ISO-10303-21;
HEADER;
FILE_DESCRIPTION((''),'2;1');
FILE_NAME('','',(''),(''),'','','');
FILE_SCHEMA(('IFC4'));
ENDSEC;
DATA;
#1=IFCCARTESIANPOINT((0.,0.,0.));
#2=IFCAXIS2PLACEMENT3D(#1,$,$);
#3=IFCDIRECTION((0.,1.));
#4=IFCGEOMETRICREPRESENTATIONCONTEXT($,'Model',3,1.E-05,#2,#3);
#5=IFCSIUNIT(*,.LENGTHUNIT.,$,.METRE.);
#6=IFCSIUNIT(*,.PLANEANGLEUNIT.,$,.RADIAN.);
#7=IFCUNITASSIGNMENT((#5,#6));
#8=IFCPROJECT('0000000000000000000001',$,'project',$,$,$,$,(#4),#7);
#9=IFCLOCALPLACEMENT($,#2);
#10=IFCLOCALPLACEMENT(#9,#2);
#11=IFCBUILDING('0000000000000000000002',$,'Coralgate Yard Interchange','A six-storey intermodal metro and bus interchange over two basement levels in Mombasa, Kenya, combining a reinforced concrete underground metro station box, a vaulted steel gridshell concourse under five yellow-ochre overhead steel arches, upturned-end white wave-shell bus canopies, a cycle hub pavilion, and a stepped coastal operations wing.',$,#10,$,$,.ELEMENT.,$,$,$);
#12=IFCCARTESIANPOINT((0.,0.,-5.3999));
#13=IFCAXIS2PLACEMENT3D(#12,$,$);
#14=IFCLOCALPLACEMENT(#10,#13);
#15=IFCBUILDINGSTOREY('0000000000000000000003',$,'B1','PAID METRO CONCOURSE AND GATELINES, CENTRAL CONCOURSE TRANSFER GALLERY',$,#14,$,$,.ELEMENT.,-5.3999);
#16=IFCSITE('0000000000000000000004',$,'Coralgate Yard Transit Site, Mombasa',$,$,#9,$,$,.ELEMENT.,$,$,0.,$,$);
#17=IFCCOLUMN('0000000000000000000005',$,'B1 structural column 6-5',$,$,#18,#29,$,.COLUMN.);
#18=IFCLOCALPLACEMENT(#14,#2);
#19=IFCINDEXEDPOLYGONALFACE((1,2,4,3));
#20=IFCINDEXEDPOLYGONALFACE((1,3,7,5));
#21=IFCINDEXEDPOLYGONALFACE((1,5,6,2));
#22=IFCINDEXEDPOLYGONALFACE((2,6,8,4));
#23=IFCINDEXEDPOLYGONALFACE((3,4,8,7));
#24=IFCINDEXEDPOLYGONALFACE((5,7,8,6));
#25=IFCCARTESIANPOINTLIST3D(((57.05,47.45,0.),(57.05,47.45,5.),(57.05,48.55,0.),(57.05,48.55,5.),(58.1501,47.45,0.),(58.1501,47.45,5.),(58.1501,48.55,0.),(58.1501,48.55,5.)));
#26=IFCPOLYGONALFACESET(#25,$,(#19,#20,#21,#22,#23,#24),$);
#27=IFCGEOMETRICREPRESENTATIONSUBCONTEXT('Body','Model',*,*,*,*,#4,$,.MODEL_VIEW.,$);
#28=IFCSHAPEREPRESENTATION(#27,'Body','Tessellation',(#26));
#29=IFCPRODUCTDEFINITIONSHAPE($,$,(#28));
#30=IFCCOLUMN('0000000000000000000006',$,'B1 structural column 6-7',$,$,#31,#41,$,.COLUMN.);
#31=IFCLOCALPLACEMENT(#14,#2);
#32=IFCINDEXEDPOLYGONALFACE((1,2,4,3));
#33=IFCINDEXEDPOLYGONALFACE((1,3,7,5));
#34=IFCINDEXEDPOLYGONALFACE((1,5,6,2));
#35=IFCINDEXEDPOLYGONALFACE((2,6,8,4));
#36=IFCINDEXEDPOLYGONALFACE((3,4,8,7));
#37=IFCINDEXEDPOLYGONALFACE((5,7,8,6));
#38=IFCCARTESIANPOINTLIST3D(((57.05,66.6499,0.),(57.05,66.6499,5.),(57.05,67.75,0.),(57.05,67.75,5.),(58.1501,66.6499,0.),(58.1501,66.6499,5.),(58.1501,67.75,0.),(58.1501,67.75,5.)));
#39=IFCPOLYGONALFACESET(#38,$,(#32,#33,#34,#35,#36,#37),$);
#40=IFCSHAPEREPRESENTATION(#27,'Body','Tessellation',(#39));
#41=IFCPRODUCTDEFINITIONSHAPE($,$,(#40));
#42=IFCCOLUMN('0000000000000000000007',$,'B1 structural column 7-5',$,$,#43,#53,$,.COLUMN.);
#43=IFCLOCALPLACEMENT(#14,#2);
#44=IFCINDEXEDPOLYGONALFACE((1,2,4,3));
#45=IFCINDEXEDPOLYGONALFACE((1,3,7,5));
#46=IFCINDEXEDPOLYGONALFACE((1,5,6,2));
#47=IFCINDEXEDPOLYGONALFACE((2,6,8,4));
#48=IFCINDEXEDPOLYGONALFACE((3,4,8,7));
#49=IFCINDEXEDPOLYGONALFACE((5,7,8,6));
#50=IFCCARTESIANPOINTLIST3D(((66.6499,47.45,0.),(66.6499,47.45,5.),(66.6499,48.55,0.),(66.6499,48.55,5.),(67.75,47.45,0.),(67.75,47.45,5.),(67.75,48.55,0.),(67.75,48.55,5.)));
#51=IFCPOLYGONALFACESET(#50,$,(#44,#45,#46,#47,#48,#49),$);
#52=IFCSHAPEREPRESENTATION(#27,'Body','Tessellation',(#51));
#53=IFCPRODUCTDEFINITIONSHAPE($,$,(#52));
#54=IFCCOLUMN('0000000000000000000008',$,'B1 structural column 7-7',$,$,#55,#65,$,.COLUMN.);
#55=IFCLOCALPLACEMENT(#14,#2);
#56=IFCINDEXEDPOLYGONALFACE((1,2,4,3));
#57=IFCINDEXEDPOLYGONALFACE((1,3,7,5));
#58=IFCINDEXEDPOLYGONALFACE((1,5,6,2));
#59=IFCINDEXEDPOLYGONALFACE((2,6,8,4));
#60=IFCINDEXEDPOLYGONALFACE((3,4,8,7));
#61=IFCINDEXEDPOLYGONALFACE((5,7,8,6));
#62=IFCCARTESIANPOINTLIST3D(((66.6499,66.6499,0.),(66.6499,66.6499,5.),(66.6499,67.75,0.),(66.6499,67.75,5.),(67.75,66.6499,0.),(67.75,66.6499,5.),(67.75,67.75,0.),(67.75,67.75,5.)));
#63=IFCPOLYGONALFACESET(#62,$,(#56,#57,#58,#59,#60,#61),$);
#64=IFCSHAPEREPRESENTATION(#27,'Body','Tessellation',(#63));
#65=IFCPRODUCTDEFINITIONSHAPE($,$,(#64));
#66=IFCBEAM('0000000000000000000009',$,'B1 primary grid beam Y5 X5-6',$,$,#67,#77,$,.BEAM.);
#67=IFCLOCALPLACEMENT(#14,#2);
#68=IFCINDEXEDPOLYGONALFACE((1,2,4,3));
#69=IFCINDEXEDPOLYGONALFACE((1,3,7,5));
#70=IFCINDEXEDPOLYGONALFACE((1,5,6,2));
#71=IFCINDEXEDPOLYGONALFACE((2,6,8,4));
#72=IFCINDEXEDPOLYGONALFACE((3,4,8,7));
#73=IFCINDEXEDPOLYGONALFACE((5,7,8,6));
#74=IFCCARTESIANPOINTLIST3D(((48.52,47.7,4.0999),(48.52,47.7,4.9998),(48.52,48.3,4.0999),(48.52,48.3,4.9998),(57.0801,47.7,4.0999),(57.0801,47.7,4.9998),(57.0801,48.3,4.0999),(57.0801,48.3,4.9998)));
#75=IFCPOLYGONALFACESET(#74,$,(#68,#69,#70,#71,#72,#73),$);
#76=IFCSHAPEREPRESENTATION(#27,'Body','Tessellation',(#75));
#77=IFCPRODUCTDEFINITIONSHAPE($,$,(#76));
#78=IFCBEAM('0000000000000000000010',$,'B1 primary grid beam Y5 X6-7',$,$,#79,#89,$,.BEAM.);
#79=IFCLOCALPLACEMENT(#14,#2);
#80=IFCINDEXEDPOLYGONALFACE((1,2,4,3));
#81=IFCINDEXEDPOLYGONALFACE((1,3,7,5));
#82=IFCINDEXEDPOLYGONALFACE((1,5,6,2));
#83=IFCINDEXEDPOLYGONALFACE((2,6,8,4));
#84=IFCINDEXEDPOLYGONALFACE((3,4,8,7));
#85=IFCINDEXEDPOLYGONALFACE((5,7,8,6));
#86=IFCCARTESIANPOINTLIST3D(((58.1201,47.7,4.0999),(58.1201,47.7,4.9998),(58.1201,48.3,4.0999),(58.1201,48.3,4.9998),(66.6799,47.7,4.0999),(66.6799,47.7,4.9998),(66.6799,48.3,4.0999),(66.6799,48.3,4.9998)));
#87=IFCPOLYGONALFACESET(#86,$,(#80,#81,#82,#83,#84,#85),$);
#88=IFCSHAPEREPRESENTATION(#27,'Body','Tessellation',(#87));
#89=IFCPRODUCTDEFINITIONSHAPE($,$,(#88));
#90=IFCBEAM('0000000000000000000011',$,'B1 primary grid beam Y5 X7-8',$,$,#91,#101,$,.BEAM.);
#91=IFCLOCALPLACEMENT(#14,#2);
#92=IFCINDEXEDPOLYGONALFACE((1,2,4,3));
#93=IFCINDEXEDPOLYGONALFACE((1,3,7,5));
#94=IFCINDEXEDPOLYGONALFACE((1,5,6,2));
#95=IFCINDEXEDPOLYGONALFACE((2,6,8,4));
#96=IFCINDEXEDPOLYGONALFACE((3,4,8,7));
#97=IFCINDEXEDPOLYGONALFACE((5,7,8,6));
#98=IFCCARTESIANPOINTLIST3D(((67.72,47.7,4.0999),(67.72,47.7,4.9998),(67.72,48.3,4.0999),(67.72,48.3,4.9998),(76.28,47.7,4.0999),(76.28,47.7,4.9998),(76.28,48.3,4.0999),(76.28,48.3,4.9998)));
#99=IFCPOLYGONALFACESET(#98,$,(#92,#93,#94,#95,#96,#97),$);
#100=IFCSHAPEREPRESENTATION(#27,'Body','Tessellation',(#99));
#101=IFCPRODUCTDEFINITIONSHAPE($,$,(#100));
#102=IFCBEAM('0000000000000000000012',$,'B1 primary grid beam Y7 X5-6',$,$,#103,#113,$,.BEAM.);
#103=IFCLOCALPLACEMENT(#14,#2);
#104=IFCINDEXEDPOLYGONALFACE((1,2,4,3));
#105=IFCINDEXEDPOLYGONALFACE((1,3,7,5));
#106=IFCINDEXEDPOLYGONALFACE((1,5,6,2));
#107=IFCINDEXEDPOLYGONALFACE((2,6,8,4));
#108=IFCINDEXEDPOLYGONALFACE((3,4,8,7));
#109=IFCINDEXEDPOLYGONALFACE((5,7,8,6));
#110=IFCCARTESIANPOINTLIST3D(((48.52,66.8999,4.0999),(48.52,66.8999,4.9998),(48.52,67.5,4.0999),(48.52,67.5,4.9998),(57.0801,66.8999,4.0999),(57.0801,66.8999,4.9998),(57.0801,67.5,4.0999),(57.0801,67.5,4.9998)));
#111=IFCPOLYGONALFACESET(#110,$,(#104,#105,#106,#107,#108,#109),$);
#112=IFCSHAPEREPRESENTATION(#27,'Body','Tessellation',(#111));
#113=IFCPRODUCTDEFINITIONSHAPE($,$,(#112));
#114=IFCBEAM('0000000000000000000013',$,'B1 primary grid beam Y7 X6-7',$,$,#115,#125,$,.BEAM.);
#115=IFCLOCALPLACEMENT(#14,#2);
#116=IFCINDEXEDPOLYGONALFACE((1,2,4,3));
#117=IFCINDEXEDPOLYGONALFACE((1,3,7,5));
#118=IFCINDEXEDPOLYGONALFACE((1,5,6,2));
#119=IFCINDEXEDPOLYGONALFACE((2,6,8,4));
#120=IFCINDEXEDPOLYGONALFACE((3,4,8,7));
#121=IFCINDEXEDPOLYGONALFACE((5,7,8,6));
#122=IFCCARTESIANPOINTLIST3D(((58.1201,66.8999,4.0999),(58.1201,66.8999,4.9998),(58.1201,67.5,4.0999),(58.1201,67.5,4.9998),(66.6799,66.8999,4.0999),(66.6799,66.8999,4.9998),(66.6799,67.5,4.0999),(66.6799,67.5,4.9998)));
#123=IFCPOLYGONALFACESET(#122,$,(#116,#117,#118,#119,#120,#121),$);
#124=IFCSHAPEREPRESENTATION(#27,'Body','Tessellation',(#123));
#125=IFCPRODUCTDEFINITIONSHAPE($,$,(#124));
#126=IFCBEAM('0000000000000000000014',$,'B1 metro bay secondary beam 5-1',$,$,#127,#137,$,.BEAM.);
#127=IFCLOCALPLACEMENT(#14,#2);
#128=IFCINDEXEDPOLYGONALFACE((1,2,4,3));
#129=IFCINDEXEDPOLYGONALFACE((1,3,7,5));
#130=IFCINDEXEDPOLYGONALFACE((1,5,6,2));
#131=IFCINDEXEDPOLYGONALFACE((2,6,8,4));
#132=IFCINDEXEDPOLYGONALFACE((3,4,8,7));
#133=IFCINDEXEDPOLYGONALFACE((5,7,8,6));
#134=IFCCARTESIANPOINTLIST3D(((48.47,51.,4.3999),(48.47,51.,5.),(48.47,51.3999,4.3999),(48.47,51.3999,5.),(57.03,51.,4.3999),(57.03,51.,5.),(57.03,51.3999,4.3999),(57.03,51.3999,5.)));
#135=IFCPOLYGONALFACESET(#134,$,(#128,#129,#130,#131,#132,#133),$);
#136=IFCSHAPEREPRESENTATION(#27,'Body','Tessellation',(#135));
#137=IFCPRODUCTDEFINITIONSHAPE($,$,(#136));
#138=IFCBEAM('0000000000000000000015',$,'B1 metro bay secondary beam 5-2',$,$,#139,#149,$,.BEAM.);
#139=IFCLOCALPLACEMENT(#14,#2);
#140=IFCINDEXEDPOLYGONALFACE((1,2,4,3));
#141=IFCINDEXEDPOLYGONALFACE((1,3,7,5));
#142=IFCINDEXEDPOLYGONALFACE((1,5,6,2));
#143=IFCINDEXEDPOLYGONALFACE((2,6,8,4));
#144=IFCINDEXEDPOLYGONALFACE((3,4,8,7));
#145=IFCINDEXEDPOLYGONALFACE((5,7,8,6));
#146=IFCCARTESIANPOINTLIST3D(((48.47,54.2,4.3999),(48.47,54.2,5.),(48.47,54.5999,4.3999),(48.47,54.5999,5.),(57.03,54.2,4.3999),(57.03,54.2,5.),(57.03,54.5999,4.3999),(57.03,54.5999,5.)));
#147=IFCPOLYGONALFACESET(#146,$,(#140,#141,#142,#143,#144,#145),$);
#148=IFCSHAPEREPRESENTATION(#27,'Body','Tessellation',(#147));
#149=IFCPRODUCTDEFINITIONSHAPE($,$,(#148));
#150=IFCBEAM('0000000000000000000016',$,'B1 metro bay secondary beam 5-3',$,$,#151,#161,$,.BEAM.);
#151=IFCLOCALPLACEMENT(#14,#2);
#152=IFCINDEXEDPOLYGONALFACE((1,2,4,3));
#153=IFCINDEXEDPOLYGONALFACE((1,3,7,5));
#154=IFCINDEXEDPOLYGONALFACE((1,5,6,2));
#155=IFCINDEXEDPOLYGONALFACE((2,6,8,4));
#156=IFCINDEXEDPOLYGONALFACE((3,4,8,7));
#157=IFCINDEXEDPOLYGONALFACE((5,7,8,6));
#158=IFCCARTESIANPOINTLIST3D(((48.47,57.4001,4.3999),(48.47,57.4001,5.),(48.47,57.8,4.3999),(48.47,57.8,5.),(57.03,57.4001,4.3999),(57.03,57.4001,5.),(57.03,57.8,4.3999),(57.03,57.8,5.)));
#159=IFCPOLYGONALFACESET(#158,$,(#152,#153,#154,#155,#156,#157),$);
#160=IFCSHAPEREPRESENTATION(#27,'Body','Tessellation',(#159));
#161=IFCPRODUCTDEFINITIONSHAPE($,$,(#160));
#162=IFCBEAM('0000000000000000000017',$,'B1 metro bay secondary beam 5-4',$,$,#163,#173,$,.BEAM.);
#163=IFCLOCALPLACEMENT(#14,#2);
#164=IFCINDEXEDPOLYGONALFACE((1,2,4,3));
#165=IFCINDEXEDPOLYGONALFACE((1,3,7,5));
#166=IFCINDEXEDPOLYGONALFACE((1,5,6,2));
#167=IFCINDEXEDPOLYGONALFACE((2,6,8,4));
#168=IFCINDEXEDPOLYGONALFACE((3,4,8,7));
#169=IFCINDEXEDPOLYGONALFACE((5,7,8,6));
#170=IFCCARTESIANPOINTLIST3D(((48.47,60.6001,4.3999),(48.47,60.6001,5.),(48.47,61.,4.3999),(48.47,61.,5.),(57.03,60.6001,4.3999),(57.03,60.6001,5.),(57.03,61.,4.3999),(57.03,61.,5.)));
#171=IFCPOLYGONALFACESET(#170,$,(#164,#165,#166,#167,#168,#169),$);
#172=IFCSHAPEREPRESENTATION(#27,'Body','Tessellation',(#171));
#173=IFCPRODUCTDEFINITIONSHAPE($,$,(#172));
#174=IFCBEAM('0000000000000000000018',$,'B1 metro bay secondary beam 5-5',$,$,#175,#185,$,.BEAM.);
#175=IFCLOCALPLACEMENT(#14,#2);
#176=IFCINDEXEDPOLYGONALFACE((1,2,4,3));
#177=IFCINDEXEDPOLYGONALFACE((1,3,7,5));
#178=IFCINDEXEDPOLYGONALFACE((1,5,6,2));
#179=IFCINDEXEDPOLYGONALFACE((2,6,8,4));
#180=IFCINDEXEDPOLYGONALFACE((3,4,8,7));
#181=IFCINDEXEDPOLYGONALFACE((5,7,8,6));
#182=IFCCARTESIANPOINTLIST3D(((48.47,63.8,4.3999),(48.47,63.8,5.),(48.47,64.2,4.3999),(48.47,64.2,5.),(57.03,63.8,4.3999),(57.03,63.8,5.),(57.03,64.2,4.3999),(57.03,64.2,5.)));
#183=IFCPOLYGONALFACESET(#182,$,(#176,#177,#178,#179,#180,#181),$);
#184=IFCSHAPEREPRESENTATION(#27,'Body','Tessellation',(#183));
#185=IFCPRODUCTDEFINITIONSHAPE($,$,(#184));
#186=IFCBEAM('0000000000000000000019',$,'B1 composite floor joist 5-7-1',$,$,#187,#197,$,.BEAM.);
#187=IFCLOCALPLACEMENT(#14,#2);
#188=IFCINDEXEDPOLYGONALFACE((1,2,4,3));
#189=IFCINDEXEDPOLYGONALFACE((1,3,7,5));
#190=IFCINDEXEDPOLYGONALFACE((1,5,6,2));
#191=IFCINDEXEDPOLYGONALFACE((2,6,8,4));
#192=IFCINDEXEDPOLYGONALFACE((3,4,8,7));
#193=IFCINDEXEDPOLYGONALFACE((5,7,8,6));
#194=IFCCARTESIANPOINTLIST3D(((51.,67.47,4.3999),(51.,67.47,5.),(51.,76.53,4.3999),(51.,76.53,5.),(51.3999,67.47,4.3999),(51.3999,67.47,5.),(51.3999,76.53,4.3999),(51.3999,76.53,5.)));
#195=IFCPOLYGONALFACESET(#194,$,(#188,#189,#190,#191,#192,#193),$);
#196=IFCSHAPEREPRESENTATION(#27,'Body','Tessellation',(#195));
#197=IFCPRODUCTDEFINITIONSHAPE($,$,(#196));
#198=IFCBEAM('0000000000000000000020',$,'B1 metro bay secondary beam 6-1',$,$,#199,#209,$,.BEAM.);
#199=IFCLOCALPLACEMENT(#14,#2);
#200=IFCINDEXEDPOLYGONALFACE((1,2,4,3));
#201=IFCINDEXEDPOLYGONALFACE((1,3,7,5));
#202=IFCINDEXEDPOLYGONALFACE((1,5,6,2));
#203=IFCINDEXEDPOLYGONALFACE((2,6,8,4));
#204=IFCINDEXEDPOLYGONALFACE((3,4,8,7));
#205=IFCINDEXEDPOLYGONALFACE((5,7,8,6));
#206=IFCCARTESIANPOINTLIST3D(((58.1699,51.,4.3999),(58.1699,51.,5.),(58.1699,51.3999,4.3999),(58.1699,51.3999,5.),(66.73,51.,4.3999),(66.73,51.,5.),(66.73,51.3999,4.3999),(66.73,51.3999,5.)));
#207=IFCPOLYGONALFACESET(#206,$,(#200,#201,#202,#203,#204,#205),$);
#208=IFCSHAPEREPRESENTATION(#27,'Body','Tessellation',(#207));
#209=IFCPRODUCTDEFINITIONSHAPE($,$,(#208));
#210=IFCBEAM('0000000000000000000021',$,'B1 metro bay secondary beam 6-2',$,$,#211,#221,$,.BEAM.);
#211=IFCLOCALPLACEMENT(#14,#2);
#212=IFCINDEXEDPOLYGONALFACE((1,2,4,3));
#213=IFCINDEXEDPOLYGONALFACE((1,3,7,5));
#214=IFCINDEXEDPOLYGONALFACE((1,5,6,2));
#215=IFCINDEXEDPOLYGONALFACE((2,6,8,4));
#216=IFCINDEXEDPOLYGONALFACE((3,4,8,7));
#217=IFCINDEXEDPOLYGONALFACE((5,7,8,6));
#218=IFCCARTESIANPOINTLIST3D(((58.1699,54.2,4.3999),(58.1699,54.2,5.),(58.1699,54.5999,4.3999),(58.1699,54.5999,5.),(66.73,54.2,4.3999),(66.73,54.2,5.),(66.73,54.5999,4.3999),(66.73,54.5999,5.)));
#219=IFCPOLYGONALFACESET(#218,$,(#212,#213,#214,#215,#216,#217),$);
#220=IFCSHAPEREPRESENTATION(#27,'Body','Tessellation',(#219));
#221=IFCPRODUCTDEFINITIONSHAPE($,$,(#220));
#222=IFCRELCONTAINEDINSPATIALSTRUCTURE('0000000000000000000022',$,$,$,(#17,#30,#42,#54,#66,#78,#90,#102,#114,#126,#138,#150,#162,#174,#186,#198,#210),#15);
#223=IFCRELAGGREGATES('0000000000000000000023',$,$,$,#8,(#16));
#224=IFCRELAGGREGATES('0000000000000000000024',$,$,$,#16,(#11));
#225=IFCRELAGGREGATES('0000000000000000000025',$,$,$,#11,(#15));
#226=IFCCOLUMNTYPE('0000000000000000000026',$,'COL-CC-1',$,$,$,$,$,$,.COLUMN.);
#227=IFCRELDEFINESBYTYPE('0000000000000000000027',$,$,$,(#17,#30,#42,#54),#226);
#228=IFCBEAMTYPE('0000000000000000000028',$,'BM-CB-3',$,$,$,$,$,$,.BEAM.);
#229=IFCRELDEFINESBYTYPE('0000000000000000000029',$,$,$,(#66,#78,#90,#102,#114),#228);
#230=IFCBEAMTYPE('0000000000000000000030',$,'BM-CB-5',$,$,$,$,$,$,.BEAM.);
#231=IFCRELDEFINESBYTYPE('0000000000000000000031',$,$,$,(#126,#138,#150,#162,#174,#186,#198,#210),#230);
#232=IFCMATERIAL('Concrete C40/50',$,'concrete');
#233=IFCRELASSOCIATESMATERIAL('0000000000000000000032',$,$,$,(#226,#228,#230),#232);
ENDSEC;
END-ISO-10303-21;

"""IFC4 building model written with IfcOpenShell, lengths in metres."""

from ifc_helpers import new_model, si_unit, direction, frame, origin, origin_2d, place, context, subcontext, project, spatial, rectangle, extrude, material, material_profile, profile_set, type_object, element, save


model = new_model("IFC4")

# Units and contexts
model_context = context("Model", 3, precision=1e-05, world=origin(), true_north=direction((0.0, 1.0)))
body_context = subcontext(model_context, "Body", "Model", "MODEL_VIEW")
ifc_project = project(units=[si_unit("LENGTHUNIT", "METRE"), si_unit("PLANEANGLEUNIT", "RADIAN")], contexts=[model_context])

# Site, building, storey
site_placement = place(None, origin())
site = spatial("IfcSite", under=ifc_project, at=site_placement, Name="Coralgate Yard Transit Site, Mombasa", CompositionType="ELEMENT", RefElevation=0.0)
building_placement = place(site_placement, origin())
building = spatial("IfcBuilding", under=site, at=building_placement, Name="Coralgate Yard Interchange", Description="A six-storey intermodal metro and bus interchange over two basement levels in Mombasa, Kenya, combining a reinforced concrete underground metro station box, a vaulted steel gridshell concourse under five yellow-ochre overhead steel arches, upturned-end white wave-shell bus canopies, a cycle hub pavilion, and a stepped coastal operations wing.", CompositionType="ELEMENT")
storey_placement = place(building_placement, frame((0.0, 0.0, -5.3999)))
storey = spatial("IfcBuildingStorey", under=building, at=storey_placement, Name="B1", Description="PAID METRO CONCOURSE AND GATELINES, CENTRAL CONCOURSE TRANSFER GALLERY", CompositionType="ELEMENT", Elevation=-5.3999)

# Columns
ifc_material_1 = material(Name="Concrete C40/50", Category="concrete")
ifc_material_profile_1 = material_profile(ifc_material_1, rectangle(XDim=1.1001, YDim=1.1001, at=origin_2d()), Name="RC 1100x1100")
ifc_profile_set_1 = profile_set([ifc_material_profile_1], Name="Concrete C40/50")
column_type = type_object("IfcColumnType", Name="COL-CC-1", PredefinedType="COLUMN", material=ifc_profile_set_1)
for number, where, z_axis, x_axis, name in (
    (1, (57.6001, 48.0, 0.0), (0.0, 0.0, 1.0), (1.0, 0.0, 0.0), "B1 structural column 6-5"),
    (2, (57.6001, 67.2, 0.0), (0.0, 0.0, 1.0), (1.0, 0.0, 0.0), "B1 structural column 6-7"),
    (3, (67.2, 48.0, 0.0), (0.0, 0.0, 1.0), (1.0, 0.0, 0.0), "B1 structural column 7-5"),
    (4, (67.2, 67.2, 0.0), (0.0, 0.0, 1.0), (1.0, 0.0, 0.0), "B1 structural column 7-7"),
):
    element("IfcColumn", number, at=place(storey_placement, frame(where, z_axis=z_axis, x_axis=x_axis)), inside=storey, type_object=column_type, Name=name, PredefinedType="COLUMN", context=body_context, shape_type="SweptSolid", body=[
        extrude(rectangle(XDim=1.1001, YDim=1.1001, at=origin_2d()), origin(), (0.0, 0.0, 1.0), 5.0),
    ])

# Beams
ifc_material_profile_2 = material_profile(ifc_material_1, rectangle(XDim=0.6001, YDim=0.8999, at=origin_2d()), Name="RC 600x900")
ifc_profile_set_2 = profile_set([ifc_material_profile_2], Name="Concrete C40/50")
beam_type_1 = type_object("IfcBeamType", Name="BM-CB-3", PredefinedType="BEAM", material=ifc_profile_set_2)
beam_1_placement = place(storey_placement, frame((48.52, 48.0, 4.5498), z_axis=(1.0, 0.0, 0.0), x_axis=(0.0, 1.0, 0.0)))
element("IfcBeam", 5, at=beam_1_placement, inside=storey, type_object=beam_type_1, Name="B1 primary grid beam Y5 X5-6", PredefinedType="BEAM", context=body_context, shape_type="SweptSolid", body=[
    extrude(rectangle(XDim=0.6001, YDim=0.8999, at=origin_2d()), origin(), (0.0, 0.0, 1.0), 8.5601),
])
beam_2_placement = place(storey_placement, frame((58.1201, 48.0, 4.5498), z_axis=(1.0, 0.0, 0.0), x_axis=(0.0, 1.0, 0.0)))
element("IfcBeam", 6, at=beam_2_placement, inside=storey, type_object=beam_type_1, Name="B1 primary grid beam Y5 X6-7", PredefinedType="BEAM", context=body_context, shape_type="SweptSolid", body=[
    extrude(rectangle(XDim=0.6001, YDim=0.8999, at=origin_2d()), origin(), (0.0, 0.0, 1.0), 8.5598),
])
for number, where, z_axis, x_axis, name in (
    (7, (67.72, 48.0, 4.5498), (1.0, 0.0, 0.0), (0.0, 1.0, 0.0), "B1 primary grid beam Y5 X7-8"),
    (8, (48.52, 67.2, 4.5498), (1.0, 0.0, 0.0), (0.0, 1.0, 0.0), "B1 primary grid beam Y7 X5-6"),
):
    element("IfcBeam", number, at=place(storey_placement, frame(where, z_axis=z_axis, x_axis=x_axis)), inside=storey, type_object=beam_type_1, Name=name, PredefinedType="BEAM", context=body_context, shape_type="SweptSolid", body=[
        extrude(rectangle(XDim=0.6001, YDim=0.8999, at=origin_2d()), origin(), (0.0, 0.0, 1.0), 8.5601),
    ])
beam_3_placement = place(storey_placement, frame((58.1201, 67.2, 4.5498), z_axis=(1.0, 0.0, 0.0), x_axis=(0.0, 1.0, 0.0)))
element("IfcBeam", 9, at=beam_3_placement, inside=storey, type_object=beam_type_1, Name="B1 primary grid beam Y7 X6-7", PredefinedType="BEAM", context=body_context, shape_type="SweptSolid", body=[
    extrude(rectangle(XDim=0.6001, YDim=0.8999, at=origin_2d()), origin(), (0.0, 0.0, 1.0), 8.5598),
])
ifc_material_profile_3 = material_profile(ifc_material_1, rectangle(XDim=0.3999, YDim=0.6001, at=origin_2d()), Name="RC 400x600")
ifc_profile_set_3 = profile_set([ifc_material_profile_3], Name="Concrete C40/50")
beam_type_2 = type_object("IfcBeamType", Name="BM-CB-5", PredefinedType="BEAM", material=ifc_profile_set_3)
for number, where, z_axis, x_axis, name in (
    (10, (48.47, 51.2, 4.7), (1.0, 0.0, 0.0), (0.0, 1.0, 0.0), "B1 metro bay secondary beam 5-1"),
    (11, (48.47, 54.3999, 4.7), (1.0, 0.0, 0.0), (0.0, 1.0, 0.0), "B1 metro bay secondary beam 5-2"),
    (12, (48.47, 57.6001, 4.7), (1.0, 0.0, 0.0), (0.0, 1.0, 0.0), "B1 metro bay secondary beam 5-3"),
    (13, (48.47, 60.8, 4.7), (1.0, 0.0, 0.0), (0.0, 1.0, 0.0), "B1 metro bay secondary beam 5-4"),
    (14, (48.47, 64.0, 4.7), (1.0, 0.0, 0.0), (0.0, 1.0, 0.0), "B1 metro bay secondary beam 5-5"),
):
    element("IfcBeam", number, at=place(storey_placement, frame(where, z_axis=z_axis, x_axis=x_axis)), inside=storey, type_object=beam_type_2, Name=name, PredefinedType="BEAM", context=body_context, shape_type="SweptSolid", body=[
        extrude(rectangle(XDim=0.3999, YDim=0.6001, at=origin_2d()), origin(), (0.0, 0.0, 1.0), 8.5601),
    ])
beam_4_placement = place(storey_placement, frame((51.2, 67.47, 4.7), z_axis=(0.0, 1.0, 0.0), x_axis=(-1.0, 0.0, 0.0)))
element("IfcBeam", 15, at=beam_4_placement, inside=storey, type_object=beam_type_2, Name="B1 composite floor joist 5-7-1", PredefinedType="BEAM", context=body_context, shape_type="SweptSolid", body=[
    extrude(rectangle(XDim=0.3999, YDim=0.6001, at=origin_2d()), origin(), (0.0, 0.0, 1.0), 9.0601),
])
for number, where, z_axis, x_axis, name in (
    (16, (58.1699, 51.2, 4.7), (1.0, 0.0, 0.0), (0.0, 1.0, 0.0), "B1 metro bay secondary beam 6-1"),
    (17, (58.1699, 54.3999, 4.7), (1.0, 0.0, 0.0), (0.0, 1.0, 0.0), "B1 metro bay secondary beam 6-2"),
):
    element("IfcBeam", number, at=place(storey_placement, frame(where, z_axis=z_axis, x_axis=x_axis)), inside=storey, type_object=beam_type_2, Name=name, PredefinedType="BEAM", context=body_context, shape_type="SweptSolid", body=[
        extrude(rectangle(XDim=0.3999, YDim=0.6001, at=origin_2d()), origin(), (0.0, 0.0, 1.0), 8.5601),
    ])

save(model, "model.ifc")
